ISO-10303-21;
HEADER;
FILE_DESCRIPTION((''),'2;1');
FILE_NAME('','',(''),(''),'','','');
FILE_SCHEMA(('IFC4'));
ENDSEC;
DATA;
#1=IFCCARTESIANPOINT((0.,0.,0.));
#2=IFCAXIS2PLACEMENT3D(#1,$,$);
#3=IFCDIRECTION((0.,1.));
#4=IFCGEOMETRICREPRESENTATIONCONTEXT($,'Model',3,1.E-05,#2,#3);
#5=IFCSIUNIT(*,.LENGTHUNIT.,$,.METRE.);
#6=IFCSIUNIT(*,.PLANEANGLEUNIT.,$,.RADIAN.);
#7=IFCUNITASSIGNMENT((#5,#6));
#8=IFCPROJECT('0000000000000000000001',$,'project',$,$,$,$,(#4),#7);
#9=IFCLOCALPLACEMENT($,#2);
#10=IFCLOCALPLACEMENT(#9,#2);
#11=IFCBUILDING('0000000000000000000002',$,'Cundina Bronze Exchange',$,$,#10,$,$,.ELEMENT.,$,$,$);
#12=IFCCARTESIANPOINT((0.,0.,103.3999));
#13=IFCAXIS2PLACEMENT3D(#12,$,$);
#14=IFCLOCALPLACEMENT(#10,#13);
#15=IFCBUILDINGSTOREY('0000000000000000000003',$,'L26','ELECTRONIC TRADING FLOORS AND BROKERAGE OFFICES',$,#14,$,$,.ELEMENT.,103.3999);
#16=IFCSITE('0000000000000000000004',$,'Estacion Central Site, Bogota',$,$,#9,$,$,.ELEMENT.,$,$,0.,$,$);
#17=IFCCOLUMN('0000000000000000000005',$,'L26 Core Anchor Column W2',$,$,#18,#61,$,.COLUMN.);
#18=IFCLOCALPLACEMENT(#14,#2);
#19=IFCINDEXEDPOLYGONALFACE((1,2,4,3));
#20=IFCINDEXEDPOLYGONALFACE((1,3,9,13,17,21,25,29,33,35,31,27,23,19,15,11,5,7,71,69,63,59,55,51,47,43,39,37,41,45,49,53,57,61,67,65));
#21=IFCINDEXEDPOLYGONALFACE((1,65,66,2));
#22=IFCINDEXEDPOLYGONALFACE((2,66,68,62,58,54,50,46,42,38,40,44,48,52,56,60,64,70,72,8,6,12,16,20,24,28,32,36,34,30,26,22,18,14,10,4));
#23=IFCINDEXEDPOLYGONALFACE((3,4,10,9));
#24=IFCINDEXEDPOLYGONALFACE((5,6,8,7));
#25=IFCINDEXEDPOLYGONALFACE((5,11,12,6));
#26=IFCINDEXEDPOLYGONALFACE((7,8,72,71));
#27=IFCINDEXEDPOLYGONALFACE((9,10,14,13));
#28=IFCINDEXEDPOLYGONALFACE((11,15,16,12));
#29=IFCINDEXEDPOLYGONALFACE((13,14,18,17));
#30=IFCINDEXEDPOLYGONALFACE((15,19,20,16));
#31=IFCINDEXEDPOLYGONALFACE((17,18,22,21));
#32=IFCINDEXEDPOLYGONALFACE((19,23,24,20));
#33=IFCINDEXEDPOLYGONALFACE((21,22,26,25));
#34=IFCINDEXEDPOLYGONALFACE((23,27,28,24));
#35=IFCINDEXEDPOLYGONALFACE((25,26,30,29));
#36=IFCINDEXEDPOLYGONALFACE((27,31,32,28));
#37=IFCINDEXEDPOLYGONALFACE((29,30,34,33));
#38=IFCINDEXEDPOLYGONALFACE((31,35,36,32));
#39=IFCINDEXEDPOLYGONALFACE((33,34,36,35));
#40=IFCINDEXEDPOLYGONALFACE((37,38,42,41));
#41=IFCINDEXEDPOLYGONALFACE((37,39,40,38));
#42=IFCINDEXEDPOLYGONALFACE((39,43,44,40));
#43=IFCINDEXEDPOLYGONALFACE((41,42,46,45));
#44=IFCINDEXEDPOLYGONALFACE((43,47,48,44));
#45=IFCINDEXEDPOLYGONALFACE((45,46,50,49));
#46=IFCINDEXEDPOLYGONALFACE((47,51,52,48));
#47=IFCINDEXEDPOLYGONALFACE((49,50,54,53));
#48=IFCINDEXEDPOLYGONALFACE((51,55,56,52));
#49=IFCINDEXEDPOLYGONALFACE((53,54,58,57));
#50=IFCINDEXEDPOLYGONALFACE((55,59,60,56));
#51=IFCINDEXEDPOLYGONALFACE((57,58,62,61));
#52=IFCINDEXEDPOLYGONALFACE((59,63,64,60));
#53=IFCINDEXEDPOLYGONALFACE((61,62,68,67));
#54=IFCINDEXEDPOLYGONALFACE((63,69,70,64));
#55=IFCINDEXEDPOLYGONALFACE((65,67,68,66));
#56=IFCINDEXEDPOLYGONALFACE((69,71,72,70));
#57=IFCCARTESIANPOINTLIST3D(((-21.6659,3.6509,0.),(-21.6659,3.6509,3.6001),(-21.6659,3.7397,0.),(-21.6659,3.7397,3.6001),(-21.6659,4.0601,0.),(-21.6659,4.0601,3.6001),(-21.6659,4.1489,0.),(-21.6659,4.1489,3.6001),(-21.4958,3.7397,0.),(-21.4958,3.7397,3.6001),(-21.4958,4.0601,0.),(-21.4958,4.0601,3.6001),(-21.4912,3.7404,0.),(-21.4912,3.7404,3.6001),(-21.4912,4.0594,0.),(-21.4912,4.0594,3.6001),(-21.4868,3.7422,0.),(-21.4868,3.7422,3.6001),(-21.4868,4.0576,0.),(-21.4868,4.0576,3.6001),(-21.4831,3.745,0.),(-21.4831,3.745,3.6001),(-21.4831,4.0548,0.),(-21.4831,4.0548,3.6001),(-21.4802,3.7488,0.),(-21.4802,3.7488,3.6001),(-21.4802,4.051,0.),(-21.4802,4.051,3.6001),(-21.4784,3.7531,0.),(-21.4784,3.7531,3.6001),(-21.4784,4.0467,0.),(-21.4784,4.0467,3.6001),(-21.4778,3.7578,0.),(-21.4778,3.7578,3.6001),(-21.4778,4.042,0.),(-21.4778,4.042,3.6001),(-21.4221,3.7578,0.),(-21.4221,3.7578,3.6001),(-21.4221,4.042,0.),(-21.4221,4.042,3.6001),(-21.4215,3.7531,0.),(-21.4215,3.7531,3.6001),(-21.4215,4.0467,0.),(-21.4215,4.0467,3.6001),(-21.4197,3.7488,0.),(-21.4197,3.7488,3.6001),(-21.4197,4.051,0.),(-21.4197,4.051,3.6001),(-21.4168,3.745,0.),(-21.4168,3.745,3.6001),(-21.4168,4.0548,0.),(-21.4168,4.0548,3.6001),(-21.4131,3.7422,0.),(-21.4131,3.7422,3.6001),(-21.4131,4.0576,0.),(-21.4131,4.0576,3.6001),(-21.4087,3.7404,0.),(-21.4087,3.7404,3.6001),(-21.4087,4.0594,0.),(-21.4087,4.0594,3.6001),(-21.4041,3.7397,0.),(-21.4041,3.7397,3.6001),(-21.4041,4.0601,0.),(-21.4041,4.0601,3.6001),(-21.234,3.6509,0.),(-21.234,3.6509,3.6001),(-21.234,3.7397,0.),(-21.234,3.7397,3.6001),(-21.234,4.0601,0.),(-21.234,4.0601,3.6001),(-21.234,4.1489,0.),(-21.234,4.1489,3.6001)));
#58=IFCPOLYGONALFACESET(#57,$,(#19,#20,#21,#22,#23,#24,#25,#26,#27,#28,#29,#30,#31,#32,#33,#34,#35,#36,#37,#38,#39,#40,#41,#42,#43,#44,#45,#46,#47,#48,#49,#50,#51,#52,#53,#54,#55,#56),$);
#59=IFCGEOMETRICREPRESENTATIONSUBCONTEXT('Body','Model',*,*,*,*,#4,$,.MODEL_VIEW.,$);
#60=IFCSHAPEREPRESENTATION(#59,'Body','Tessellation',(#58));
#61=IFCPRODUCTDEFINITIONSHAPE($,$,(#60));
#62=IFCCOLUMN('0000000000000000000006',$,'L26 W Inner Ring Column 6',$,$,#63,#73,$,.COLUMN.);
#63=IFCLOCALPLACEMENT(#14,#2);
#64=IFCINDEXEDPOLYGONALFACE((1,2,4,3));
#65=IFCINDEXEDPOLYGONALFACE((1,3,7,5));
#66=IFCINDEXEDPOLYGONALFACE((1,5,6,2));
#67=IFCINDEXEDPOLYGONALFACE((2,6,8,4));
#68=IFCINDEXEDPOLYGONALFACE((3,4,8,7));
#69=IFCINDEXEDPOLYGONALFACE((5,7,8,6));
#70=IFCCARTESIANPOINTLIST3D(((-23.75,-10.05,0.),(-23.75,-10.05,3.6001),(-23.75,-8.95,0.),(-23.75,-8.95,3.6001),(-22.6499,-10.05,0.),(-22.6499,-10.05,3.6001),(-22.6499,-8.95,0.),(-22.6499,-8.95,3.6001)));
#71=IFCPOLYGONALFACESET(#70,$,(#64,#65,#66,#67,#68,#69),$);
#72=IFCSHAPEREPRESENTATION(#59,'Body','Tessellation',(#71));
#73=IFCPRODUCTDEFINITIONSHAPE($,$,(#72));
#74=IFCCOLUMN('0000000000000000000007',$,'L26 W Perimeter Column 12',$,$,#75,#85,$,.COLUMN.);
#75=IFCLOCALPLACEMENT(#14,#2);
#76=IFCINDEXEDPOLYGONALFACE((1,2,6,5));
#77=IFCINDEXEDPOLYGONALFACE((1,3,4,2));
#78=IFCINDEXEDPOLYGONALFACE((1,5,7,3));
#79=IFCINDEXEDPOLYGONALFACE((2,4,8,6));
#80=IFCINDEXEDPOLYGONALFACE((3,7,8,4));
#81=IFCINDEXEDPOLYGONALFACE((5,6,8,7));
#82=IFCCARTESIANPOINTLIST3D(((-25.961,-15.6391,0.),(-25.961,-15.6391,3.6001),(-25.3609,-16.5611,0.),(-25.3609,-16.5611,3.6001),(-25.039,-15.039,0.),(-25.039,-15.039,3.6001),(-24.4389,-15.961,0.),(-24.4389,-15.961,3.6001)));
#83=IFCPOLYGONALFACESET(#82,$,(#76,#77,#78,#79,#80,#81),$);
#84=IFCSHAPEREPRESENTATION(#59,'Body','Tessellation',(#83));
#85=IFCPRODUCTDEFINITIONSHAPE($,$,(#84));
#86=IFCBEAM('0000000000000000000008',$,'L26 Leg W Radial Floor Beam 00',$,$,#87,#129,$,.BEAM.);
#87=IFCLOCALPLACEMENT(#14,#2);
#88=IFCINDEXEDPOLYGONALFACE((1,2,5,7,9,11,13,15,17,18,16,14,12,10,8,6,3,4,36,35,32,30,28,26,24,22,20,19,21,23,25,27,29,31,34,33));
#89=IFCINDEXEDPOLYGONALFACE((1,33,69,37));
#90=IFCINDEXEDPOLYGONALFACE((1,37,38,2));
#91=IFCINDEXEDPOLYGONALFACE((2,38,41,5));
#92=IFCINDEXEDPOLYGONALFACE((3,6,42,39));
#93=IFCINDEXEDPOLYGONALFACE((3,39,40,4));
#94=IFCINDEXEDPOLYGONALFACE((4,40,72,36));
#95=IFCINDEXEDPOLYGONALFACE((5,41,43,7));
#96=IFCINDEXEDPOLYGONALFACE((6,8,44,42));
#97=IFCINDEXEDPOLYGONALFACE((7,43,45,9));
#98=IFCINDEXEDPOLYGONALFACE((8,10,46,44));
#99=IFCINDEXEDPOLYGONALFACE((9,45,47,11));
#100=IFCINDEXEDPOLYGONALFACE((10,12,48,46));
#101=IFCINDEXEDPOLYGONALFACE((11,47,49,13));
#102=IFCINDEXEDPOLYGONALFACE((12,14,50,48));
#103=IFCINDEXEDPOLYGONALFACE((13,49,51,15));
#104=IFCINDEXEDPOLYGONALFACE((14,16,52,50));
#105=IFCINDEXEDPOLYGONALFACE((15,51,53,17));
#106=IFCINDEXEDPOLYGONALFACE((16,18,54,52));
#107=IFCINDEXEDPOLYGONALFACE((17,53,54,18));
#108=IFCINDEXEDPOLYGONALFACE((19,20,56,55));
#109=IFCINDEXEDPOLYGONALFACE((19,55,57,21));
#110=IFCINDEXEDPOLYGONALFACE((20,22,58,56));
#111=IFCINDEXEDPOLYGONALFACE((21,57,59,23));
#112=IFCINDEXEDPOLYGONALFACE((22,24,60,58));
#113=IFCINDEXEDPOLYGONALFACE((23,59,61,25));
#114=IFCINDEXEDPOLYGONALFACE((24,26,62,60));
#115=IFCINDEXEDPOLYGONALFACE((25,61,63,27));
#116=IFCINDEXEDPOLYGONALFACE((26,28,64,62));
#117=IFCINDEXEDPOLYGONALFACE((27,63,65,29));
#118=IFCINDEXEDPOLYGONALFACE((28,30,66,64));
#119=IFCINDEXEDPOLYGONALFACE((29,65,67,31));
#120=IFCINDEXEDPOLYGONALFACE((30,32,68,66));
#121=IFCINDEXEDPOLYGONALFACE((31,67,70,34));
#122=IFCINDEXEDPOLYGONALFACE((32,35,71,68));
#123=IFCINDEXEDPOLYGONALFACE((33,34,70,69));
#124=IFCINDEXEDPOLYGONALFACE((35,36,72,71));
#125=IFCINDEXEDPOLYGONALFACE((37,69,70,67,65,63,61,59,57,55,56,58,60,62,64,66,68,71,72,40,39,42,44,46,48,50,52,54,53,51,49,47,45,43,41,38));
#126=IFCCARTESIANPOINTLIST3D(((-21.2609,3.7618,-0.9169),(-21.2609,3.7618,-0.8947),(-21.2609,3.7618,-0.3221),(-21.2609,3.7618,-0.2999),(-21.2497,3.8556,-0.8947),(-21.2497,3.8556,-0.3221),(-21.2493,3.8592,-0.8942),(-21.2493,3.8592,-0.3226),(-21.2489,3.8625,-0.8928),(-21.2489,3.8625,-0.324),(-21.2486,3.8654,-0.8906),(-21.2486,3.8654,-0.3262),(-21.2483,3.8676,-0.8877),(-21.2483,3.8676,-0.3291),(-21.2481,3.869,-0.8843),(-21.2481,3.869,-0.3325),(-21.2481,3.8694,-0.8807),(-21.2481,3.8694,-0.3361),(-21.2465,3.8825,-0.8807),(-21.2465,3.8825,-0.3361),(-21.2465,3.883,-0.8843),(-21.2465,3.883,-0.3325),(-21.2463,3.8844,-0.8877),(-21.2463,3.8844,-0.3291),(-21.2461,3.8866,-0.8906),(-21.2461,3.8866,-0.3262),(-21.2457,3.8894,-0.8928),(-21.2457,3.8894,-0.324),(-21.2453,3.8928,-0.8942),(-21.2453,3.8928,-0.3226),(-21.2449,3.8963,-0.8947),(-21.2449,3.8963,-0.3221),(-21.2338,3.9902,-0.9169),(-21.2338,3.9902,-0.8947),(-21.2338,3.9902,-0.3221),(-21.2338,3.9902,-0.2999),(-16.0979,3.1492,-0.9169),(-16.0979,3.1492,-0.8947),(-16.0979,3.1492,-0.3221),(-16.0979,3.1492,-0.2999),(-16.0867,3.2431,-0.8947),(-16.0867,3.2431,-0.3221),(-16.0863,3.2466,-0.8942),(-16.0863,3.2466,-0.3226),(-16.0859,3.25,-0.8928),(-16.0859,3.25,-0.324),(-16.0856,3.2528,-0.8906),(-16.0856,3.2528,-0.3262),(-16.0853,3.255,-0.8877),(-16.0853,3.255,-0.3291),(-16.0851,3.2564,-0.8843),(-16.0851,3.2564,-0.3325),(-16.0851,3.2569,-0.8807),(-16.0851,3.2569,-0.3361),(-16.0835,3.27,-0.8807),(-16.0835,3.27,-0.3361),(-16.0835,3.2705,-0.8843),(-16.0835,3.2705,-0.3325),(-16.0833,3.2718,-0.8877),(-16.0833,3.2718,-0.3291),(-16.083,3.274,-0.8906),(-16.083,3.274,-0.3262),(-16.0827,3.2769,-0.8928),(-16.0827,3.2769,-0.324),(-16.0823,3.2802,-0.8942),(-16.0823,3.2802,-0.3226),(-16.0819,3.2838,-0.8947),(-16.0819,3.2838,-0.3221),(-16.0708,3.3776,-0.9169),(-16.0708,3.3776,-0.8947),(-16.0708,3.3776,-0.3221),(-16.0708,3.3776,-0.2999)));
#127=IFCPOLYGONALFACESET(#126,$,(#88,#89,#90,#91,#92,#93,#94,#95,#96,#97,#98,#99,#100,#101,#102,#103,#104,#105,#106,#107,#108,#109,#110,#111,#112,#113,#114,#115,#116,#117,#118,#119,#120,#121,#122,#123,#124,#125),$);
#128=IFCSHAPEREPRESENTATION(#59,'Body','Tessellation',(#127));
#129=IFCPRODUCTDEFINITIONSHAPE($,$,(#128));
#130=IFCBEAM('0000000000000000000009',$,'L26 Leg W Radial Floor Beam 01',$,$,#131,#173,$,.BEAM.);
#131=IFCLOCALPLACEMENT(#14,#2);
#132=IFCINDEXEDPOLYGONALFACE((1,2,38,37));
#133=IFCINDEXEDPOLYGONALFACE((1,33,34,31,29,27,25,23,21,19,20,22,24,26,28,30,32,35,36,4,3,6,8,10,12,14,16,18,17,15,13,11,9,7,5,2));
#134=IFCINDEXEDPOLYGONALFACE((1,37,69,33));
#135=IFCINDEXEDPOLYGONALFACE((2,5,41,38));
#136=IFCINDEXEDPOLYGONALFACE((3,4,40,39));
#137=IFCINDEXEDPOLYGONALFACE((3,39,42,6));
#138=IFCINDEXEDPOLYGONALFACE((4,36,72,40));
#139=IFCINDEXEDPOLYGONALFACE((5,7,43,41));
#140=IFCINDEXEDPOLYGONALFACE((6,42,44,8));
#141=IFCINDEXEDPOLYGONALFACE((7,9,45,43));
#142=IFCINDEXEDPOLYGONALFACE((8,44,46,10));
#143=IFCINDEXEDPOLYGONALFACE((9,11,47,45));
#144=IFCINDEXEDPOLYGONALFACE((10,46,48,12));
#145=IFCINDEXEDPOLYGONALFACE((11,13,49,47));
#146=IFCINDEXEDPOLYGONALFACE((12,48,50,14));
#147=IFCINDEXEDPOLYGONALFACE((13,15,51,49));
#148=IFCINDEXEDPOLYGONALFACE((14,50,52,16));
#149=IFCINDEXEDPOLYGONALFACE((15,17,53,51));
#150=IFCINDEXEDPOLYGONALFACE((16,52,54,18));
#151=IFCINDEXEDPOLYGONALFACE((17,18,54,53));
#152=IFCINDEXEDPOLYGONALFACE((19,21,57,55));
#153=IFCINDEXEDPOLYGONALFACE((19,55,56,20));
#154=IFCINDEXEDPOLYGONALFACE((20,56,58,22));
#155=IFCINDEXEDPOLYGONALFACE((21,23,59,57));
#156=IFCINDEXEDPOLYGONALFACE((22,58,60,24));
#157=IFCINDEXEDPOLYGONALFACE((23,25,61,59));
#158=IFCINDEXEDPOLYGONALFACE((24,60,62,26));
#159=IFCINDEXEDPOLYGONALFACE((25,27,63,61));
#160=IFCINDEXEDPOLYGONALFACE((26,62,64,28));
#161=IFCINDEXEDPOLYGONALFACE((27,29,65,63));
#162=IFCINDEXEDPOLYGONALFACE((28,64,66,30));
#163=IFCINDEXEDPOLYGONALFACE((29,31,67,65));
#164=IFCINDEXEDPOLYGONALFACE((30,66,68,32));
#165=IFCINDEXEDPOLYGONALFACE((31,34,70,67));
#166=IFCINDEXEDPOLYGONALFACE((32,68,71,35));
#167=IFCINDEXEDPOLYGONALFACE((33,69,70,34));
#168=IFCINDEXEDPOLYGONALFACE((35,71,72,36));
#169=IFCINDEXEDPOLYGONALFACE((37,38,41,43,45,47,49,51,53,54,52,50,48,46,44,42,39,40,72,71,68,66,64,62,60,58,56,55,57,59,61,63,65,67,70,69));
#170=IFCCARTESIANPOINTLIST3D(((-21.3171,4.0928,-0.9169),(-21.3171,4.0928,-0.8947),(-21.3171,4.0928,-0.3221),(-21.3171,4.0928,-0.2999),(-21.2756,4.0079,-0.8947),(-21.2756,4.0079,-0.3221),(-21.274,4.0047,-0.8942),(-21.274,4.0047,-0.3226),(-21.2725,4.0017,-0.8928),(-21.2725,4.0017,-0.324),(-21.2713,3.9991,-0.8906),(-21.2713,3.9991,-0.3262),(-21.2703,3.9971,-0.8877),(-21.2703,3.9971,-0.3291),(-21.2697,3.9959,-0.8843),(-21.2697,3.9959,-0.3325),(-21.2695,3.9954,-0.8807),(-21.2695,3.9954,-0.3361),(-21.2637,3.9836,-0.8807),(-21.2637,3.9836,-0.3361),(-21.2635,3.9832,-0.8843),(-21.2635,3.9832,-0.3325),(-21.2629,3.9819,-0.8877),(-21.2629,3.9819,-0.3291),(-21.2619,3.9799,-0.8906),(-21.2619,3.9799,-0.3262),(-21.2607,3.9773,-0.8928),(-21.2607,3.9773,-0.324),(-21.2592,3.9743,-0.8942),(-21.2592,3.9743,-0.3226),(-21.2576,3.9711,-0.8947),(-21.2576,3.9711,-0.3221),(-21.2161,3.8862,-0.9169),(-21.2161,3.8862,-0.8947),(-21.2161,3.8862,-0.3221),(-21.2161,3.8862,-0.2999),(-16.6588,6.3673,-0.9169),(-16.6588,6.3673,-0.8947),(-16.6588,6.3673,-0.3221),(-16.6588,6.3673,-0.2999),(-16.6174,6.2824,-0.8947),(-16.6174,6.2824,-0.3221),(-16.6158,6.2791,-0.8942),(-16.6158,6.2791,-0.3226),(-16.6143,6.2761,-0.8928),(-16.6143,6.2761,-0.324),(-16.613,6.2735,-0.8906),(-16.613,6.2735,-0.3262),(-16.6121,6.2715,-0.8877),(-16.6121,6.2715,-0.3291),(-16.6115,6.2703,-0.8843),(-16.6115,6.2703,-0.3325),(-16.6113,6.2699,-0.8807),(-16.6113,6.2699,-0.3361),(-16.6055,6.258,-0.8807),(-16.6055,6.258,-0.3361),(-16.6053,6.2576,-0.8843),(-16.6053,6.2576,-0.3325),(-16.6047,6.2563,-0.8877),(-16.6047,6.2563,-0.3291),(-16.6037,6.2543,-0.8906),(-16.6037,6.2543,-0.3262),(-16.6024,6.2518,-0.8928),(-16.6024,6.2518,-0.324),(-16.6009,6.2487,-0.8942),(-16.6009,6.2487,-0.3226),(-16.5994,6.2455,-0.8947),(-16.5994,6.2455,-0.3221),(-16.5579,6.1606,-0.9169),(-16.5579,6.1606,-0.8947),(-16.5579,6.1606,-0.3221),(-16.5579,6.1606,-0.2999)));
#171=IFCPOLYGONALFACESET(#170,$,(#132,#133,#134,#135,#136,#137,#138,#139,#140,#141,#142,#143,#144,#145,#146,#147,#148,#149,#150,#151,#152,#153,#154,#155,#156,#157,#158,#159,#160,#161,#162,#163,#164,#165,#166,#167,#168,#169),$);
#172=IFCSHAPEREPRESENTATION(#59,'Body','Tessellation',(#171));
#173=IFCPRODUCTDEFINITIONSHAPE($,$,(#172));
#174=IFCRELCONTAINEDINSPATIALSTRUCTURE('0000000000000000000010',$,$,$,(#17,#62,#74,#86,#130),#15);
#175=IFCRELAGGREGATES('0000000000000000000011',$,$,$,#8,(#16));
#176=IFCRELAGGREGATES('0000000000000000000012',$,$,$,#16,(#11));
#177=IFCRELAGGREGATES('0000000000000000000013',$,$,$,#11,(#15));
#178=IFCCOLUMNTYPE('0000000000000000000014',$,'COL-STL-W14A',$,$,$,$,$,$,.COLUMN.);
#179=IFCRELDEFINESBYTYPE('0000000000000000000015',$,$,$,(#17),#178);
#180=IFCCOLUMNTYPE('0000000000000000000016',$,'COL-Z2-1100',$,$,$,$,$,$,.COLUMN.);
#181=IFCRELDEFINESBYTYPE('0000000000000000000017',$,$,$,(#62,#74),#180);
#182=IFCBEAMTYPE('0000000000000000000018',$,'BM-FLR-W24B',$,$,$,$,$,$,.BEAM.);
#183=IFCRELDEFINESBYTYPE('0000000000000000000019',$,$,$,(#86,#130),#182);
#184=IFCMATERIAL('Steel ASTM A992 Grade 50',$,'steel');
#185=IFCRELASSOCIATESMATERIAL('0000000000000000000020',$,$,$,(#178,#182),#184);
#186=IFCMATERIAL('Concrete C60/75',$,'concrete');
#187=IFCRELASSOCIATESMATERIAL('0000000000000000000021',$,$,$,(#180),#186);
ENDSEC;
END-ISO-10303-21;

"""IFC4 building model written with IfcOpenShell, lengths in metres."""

from ifc_helpers import new_model, si_unit, direction, frame, origin, origin_2d, place, context, subcontext, project, spatial, rectangle, i_section, extrude, material, material_profile, profile_set, type_object, element, save


model = new_model("IFC4")

# Units and contexts
model_context = context("Model", 3, precision=1e-05, world=origin(), true_north=direction((0.0, 1.0)))
body_context = subcontext(model_context, "Body", "Model", "MODEL_VIEW")
ifc_project = project(units=[si_unit("LENGTHUNIT", "METRE"), si_unit("PLANEANGLEUNIT", "RADIAN")], contexts=[model_context])

# Site, building, storey
site_placement = place(None, origin())
site = spatial("IfcSite", under=ifc_project, at=site_placement, Name="Estacion Central Site, Bogota", CompositionType="ELEMENT", RefElevation=0.0)
building_placement = place(site_placement, origin())
building = spatial("IfcBuilding", under=site, at=building_placement, Name="Cundina Bronze Exchange", CompositionType="ELEMENT")
storey_placement = place(building_placement, frame((0.0, 0.0, 103.3999)))
storey = spatial("IfcBuildingStorey", under=building, at=storey_placement, Name="L26", Description="ELECTRONIC TRADING FLOORS AND BROKERAGE OFFICES", CompositionType="ELEMENT", Elevation=103.3999)

# Columns
ifc_material_1 = material(Name="Steel ASTM A992 Grade 50", Category="steel")
ifc_material_profile_1 = material_profile(ifc_material_1, i_section(OverallWidth=0.4319, OverallDepth=0.498, WebThickness=0.0557, FlangeThickness=0.0889, FilletRadius=0.0181, at=origin_2d()), Name="W14X500", Category="steel")
ifc_profile_set_1 = profile_set([ifc_material_profile_1], Name="Steel ASTM A992 Grade 50")
column_type_1 = type_object("IfcColumnType", Name="COL-STL-W14A", PredefinedType="COLUMN", material=ifc_profile_set_1)
column_placement = place(storey_placement, frame((-21.45, 3.8999, 0.0), z_axis=(0.0, 0.0, 1.0), x_axis=(1.0, 0.0, 0.0)))
element("IfcColumn", 1, at=column_placement, inside=storey, type_object=column_type_1, Name="L26 Core Anchor Column W2", PredefinedType="COLUMN", context=body_context, shape_type="SweptSolid", body=[
    extrude(i_section(OverallWidth=0.4319, OverallDepth=0.498, WebThickness=0.0557, FlangeThickness=0.0889, FilletRadius=0.0181, at=origin_2d()), origin(), (0.0, 0.0, 1.0), 3.6001),
])
ifc_material_2 = material(Name="Concrete C60/75", Category="concrete")
ifc_material_profile_2 = material_profile(ifc_material_2, rectangle(XDim=1.1001, YDim=1.1001, at=origin_2d()), Name="RC1100X1100", Category="concrete")
ifc_profile_set_2 = profile_set([ifc_material_profile_2], Name="Concrete C60/75")
column_type_2 = type_object("IfcColumnType", Name="COL-Z2-1100", PredefinedType="COLUMN", material=ifc_profile_set_2)
for number, where, z_axis, x_axis, name in (
    (2, (-23.2, -9.5, 0.0), (0.0, 0.0, 1.0), (1.0, 0.0, 0.0), "L26 W Inner Ring Column 6"),
    (3, (-25.2, -15.8, 0.0), (0.0, 0.0, 1.0), (0.8381, 0.545517, 0.0), "L26 W Perimeter Column 12"),
):
    element("IfcColumn", number, at=place(storey_placement, frame(where, z_axis=z_axis, x_axis=x_axis)), inside=storey, type_object=column_type_2, Name=name, PredefinedType="COLUMN", context=body_context, shape_type="SweptSolid", body=[
        extrude(rectangle(XDim=1.1001, YDim=1.1001, at=origin_2d()), origin(), (0.0, 0.0, 1.0), 3.6001),
    ])

# Beams
ifc_material_profile_3 = material_profile(ifc_material_1, i_section(OverallWidth=0.23, OverallDepth=0.6169, WebThickness=0.0132, FlangeThickness=0.0222, FilletRadius=0.0139, at=origin_2d()), Name="W24X94", Category="steel")
ifc_profile_set_3 = profile_set([ifc_material_profile_3], Name="Steel ASTM A992 Grade 50")
beam_type_1 = type_object("IfcBeamType", Name="BM-FLR-W24B", PredefinedType="BEAM", material=ifc_profile_set_3)
beam_1_placement = place(storey_placement, frame((-21.2473, 3.876, -0.6084), z_axis=(0.993036, -0.117814, 0.0), x_axis=(0.117814, 0.993036, 0.0)))
element("IfcBeam", 4, at=beam_1_placement, inside=storey, type_object=beam_type_1, Name="L26 Leg W Radial Floor Beam 00", PredefinedType="BEAM", context=body_context, shape_type="SweptSolid", body=[
    extrude(i_section(OverallWidth=0.23, OverallDepth=0.6169, WebThickness=0.0132, FlangeThickness=0.0222, FilletRadius=0.0139, at=origin_2d()), origin(), (0.0, 0.0, 1.0), 5.1992),
])
beam_2_placement = place(storey_placement, frame((-21.2666, 3.9895, -0.6084), z_axis=(0.898607, 0.438754, 0.0), x_axis=(-0.438754, 0.898607, 0.0)))
element("IfcBeam", 5, at=beam_2_placement, inside=storey, type_object=beam_type_1, Name="L26 Leg W Radial Floor Beam 01", PredefinedType="BEAM", context=body_context, shape_type="SweptSolid", body=[
    extrude(i_section(OverallWidth=0.23, OverallDepth=0.6169, WebThickness=0.0132, FlangeThickness=0.0222, FilletRadius=0.0139, at=origin_2d()), origin(), (0.0, 0.0, 1.0), 5.1838),
])

save(model, "model.ifc")
